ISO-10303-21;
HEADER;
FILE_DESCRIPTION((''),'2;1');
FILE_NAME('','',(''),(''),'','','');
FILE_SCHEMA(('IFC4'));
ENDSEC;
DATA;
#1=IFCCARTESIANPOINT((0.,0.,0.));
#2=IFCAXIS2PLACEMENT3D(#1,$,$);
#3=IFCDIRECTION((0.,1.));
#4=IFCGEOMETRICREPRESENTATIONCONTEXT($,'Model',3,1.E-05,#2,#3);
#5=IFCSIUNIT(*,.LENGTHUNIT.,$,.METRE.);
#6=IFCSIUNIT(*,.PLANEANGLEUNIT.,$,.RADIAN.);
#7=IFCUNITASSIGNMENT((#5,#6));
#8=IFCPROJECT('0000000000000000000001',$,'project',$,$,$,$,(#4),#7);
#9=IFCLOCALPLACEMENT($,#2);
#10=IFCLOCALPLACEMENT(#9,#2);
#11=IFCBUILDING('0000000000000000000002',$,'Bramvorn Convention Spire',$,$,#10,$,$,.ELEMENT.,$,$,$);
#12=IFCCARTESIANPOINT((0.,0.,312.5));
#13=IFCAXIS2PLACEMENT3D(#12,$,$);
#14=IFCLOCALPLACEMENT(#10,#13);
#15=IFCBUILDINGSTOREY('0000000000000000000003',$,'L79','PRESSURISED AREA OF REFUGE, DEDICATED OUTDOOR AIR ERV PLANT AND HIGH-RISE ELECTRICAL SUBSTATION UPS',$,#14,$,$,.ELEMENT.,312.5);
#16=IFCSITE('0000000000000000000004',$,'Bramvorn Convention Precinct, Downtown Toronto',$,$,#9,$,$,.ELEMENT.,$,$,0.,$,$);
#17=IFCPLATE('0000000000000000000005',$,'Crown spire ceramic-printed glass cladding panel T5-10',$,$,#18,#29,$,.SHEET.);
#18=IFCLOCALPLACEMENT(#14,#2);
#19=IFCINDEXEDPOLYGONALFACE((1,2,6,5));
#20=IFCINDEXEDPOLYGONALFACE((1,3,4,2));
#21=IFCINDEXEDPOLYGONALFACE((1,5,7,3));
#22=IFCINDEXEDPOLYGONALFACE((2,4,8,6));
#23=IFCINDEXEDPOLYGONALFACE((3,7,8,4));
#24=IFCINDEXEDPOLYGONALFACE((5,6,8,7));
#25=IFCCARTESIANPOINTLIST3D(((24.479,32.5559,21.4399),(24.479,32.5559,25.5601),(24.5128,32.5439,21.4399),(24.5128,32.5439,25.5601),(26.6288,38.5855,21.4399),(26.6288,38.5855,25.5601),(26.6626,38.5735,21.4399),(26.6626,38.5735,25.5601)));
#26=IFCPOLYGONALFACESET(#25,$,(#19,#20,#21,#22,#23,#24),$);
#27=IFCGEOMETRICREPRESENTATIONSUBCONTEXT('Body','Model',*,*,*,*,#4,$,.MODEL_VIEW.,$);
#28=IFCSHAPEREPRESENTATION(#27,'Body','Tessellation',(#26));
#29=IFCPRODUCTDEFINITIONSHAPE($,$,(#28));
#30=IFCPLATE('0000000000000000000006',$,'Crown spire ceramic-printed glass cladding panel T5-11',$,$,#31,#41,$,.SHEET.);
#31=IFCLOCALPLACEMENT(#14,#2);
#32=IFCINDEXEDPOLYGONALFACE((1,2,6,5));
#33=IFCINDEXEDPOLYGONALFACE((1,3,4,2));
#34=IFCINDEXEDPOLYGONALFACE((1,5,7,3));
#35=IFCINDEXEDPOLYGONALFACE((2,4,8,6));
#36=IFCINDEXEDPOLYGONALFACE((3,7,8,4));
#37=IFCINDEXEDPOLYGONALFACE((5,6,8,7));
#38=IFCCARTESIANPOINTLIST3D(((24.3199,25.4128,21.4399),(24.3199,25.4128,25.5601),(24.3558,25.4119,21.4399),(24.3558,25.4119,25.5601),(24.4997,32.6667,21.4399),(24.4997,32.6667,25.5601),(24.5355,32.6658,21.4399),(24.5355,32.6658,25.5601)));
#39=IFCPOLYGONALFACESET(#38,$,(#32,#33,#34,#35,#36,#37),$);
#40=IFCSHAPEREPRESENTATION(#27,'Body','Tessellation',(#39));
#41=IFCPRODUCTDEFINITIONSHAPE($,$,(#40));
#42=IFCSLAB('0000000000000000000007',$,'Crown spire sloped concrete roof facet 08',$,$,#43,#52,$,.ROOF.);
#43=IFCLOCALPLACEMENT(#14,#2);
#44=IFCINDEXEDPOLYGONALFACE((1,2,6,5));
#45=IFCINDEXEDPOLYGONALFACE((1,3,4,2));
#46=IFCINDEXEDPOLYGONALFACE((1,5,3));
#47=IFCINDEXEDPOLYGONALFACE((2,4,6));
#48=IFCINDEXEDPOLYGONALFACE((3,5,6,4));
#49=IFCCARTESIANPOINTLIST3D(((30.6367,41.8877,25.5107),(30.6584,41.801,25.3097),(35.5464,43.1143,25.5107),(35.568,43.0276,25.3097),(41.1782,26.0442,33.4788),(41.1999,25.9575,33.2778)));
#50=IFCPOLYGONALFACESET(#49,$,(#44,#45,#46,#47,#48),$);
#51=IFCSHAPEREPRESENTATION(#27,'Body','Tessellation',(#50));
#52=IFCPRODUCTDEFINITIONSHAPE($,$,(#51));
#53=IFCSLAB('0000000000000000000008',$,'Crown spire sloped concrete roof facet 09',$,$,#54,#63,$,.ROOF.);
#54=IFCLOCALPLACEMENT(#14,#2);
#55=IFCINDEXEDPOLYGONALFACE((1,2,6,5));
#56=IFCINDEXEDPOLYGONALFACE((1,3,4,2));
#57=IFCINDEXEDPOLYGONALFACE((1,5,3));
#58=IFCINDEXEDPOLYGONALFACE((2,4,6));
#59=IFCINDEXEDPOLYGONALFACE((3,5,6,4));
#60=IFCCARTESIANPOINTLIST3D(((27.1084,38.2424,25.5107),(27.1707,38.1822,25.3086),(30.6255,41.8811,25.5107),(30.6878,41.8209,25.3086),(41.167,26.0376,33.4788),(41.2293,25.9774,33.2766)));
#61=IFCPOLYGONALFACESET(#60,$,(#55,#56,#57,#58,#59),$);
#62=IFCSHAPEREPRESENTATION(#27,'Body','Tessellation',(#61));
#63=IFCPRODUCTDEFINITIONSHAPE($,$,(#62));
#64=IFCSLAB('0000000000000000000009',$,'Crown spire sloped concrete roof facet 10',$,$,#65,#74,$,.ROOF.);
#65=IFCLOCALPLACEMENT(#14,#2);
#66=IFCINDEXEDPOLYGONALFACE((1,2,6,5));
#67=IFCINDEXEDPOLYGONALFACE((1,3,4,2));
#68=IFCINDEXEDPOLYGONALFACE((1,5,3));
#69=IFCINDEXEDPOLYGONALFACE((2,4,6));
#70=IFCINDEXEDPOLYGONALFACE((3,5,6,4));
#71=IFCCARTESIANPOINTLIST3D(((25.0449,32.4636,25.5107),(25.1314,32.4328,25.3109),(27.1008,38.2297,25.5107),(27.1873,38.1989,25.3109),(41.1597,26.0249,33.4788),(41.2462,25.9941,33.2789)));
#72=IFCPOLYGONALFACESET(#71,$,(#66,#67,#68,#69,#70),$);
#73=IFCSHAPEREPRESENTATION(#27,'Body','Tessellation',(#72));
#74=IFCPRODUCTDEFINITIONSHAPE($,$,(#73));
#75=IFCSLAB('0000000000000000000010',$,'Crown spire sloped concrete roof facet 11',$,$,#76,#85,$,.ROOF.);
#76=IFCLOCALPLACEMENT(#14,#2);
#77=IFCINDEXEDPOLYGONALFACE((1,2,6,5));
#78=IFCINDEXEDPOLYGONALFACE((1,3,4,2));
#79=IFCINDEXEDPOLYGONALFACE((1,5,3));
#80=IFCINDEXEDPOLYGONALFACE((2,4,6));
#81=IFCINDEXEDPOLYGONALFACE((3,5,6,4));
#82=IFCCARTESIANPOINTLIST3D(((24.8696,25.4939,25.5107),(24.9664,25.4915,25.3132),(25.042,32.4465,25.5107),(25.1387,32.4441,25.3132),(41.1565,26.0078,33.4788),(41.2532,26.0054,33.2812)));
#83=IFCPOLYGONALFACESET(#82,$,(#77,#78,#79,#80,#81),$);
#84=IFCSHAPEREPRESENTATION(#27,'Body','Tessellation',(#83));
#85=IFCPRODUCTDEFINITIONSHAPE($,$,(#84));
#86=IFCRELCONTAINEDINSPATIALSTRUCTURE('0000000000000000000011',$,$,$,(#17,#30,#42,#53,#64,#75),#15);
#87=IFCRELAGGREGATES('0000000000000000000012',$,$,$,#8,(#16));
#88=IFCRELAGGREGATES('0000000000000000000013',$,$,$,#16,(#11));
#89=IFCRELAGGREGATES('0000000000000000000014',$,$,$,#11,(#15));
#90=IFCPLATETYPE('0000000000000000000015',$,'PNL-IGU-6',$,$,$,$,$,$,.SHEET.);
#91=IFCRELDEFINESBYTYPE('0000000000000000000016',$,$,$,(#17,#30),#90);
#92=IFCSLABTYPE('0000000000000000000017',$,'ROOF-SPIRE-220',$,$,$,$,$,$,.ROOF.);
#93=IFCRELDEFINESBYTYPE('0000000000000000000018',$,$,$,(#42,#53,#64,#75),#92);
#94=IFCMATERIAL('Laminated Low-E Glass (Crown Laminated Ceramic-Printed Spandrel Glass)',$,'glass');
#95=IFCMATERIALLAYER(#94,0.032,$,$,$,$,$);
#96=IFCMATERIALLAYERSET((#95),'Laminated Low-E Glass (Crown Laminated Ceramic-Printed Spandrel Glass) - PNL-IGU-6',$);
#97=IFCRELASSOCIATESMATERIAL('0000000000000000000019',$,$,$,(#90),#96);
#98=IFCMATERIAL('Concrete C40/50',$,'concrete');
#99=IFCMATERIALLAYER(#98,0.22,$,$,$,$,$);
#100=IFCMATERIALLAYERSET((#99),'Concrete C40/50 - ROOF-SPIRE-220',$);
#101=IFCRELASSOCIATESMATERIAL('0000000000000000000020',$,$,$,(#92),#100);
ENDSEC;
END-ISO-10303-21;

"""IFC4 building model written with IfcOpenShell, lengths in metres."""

from ifc_helpers import new_model, si_unit, direction, frame, origin, origin_2d, place, context, subcontext, project, spatial, polyline, rectangle, outline, extrude, material, layer, layer_set, type_object, element, save


model = new_model("IFC4")

# Units and contexts
model_context = context("Model", 3, precision=1e-05, world=origin(), true_north=direction((0.0, 1.0)))
body_context = subcontext(model_context, "Body", "Model", "MODEL_VIEW")
ifc_project = project(units=[si_unit("LENGTHUNIT", "METRE"), si_unit("PLANEANGLEUNIT", "RADIAN")], contexts=[model_context])

# Site, building, storey
site_placement = place(None, origin())
site = spatial("IfcSite", under=ifc_project, at=site_placement, Name="Bramvorn Convention Precinct, Downtown Toronto", CompositionType="ELEMENT", RefElevation=0.0)
building_placement = place(site_placement, origin())
building = spatial("IfcBuilding", under=site, at=building_placement, Name="Bramvorn Convention Spire", CompositionType="ELEMENT")
storey_placement = place(building_placement, frame((0.0, 0.0, 312.5)))
storey = spatial("IfcBuildingStorey", under=building, at=storey_placement, Name="L79", Description="PRESSURISED AREA OF REFUGE, DEDICATED OUTDOOR AIR ERV PLANT AND HIGH-RISE ELECTRICAL SUBSTATION UPS", CompositionType="ELEMENT", Elevation=312.5)

# Plates
ifc_material_1 = material(Name="Laminated Low-E Glass (Crown Laminated Ceramic-Printed Spandrel Glass)", Category="glass")
ifc_layer_1 = layer(ifc_material_1, 0.032)
ifc_layer_set_1 = layer_set([ifc_layer_1], Name="Laminated Low-E Glass (Crown Laminated Ceramic-Printed Spandrel Glass) - PNL-IGU-6")
plate_type = type_object("IfcPlateType", Name="PNL-IGU-6", PredefinedType="SHEET", material=ifc_layer_set_1)
plate_1_placement = place(storey_placement, frame((25.5708, 35.5647, 21.4399), z_axis=(0.0, 0.0, 1.0), x_axis=(-0.335837, -0.94192, 0.0)))
element("IfcPlate", 1, at=plate_1_placement, inside=storey, type_object=plate_type, Name="Crown spire ceramic-printed glass cladding panel T5-10", PredefinedType="SHEET", context=body_context, shape_type="SweptSolid", body=[
    extrude(rectangle(XDim=6.4014, YDim=0.0359, at=origin_2d()), origin(), (0.0, 0.0, 1.0), 4.1201),
])
plate_2_placement = place(storey_placement, frame((24.4277, 29.0393, 21.4399), z_axis=(0.0, 0.0, 1.0), x_axis=(-0.024768, -0.999693, 0.0)))
element("IfcPlate", 2, at=plate_2_placement, inside=storey, type_object=plate_type, Name="Crown spire ceramic-printed glass cladding panel T5-11", PredefinedType="SHEET", context=body_context, shape_type="SweptSolid", body=[
    extrude(rectangle(XDim=7.2561, YDim=0.0359, at=origin_2d()), origin(), (0.0, 0.0, 1.0), 4.1201),
])

# Slabs
ifc_material_2 = material(Name="Concrete C40/50", Category="concrete")
ifc_layer_2 = layer(ifc_material_2, 0.22)
ifc_layer_set_2 = layer_set([ifc_layer_2], Name="Concrete C40/50 - ROOF-SPIRE-220")
slab_type = type_object("IfcSlabType", Name="ROOF-SPIRE-220", PredefinedType="ROOF", material=ifc_layer_set_2)
slab_1_placement = place(storey_placement, frame((35.5464, 43.1143, 25.5107), z_axis=(-0.098447, 0.394064, 0.913795), x_axis=(-0.970182, -0.242377, 0.0)))
element("IfcSlab", 3, at=slab_1_placement, inside=storey, type_object=slab_type, Name="Crown spire sloped concrete roof facet 08", PredefinedType="ROOF", context=body_context, shape_type="SweptSolid", body=[
    extrude(outline(polyline([(0.0, 0.0), (5.0606, 0.0), (-1.3265, 19.6172), (0.0, 0.0)])), origin(), (0.0, 0.0, -1.0), 0.22),
])
slab_2_placement = place(storey_placement, frame((30.6255, 41.8811, 25.5107), z_axis=(-0.283253, 0.273788, 0.919134), x_axis=(-0.694992, -0.719017, 0.0)))
element("IfcSlab", 4, at=slab_2_placement, inside=storey, type_object=slab_type, Name="Crown spire sloped concrete roof facet 09", PredefinedType="ROOF", context=body_context, shape_type="SweptSolid", body=[
    extrude(outline(polyline([(0.0, 0.0), (5.0606, 0.0), (4.0655, 20.2262), (0.0, 0.0)])), origin(), (0.0, 0.0, -1.0), 0.22),
])
slab_3_placement = place(storey_placement, frame((27.1008, 38.2297, 25.5107), z_axis=(-0.39327, 0.14022, 0.908668), x_axis=(-0.335841, -0.941919, 0.0)))
element("IfcSlab", 5, at=slab_3_placement, inside=storey, type_object=slab_type, Name="Crown spire sloped concrete roof facet 10", PredefinedType="ROOF", context=body_context, shape_type="SweptSolid", body=[
    extrude(outline(polyline([(0.0, 0.0), (6.1217, 0.0), (6.7744, 19.0842), (0.0, 0.0)])), origin(), (0.0, 0.0, -1.0), 0.22),
])
slab_4_placement = place(storey_placement, frame((25.042, 32.4465, 25.5107), z_axis=(-0.439709, 0.010901, 0.898074), x_axis=(-0.024783, -0.999693, 0.0)))
element("IfcSlab", 6, at=slab_4_placement, inside=storey, type_object=slab_type, Name="Crown spire sloped concrete roof facet 11", PredefinedType="ROOF", context=body_context, shape_type="SweptSolid", body=[
    extrude(outline(polyline([(0.0, 0.0), (6.9548, 0.0), (6.0374, 18.1156), (0.0, 0.0)])), origin(), (0.0, 0.0, -1.0), 0.22),
])

save(model, "model.ifc")
